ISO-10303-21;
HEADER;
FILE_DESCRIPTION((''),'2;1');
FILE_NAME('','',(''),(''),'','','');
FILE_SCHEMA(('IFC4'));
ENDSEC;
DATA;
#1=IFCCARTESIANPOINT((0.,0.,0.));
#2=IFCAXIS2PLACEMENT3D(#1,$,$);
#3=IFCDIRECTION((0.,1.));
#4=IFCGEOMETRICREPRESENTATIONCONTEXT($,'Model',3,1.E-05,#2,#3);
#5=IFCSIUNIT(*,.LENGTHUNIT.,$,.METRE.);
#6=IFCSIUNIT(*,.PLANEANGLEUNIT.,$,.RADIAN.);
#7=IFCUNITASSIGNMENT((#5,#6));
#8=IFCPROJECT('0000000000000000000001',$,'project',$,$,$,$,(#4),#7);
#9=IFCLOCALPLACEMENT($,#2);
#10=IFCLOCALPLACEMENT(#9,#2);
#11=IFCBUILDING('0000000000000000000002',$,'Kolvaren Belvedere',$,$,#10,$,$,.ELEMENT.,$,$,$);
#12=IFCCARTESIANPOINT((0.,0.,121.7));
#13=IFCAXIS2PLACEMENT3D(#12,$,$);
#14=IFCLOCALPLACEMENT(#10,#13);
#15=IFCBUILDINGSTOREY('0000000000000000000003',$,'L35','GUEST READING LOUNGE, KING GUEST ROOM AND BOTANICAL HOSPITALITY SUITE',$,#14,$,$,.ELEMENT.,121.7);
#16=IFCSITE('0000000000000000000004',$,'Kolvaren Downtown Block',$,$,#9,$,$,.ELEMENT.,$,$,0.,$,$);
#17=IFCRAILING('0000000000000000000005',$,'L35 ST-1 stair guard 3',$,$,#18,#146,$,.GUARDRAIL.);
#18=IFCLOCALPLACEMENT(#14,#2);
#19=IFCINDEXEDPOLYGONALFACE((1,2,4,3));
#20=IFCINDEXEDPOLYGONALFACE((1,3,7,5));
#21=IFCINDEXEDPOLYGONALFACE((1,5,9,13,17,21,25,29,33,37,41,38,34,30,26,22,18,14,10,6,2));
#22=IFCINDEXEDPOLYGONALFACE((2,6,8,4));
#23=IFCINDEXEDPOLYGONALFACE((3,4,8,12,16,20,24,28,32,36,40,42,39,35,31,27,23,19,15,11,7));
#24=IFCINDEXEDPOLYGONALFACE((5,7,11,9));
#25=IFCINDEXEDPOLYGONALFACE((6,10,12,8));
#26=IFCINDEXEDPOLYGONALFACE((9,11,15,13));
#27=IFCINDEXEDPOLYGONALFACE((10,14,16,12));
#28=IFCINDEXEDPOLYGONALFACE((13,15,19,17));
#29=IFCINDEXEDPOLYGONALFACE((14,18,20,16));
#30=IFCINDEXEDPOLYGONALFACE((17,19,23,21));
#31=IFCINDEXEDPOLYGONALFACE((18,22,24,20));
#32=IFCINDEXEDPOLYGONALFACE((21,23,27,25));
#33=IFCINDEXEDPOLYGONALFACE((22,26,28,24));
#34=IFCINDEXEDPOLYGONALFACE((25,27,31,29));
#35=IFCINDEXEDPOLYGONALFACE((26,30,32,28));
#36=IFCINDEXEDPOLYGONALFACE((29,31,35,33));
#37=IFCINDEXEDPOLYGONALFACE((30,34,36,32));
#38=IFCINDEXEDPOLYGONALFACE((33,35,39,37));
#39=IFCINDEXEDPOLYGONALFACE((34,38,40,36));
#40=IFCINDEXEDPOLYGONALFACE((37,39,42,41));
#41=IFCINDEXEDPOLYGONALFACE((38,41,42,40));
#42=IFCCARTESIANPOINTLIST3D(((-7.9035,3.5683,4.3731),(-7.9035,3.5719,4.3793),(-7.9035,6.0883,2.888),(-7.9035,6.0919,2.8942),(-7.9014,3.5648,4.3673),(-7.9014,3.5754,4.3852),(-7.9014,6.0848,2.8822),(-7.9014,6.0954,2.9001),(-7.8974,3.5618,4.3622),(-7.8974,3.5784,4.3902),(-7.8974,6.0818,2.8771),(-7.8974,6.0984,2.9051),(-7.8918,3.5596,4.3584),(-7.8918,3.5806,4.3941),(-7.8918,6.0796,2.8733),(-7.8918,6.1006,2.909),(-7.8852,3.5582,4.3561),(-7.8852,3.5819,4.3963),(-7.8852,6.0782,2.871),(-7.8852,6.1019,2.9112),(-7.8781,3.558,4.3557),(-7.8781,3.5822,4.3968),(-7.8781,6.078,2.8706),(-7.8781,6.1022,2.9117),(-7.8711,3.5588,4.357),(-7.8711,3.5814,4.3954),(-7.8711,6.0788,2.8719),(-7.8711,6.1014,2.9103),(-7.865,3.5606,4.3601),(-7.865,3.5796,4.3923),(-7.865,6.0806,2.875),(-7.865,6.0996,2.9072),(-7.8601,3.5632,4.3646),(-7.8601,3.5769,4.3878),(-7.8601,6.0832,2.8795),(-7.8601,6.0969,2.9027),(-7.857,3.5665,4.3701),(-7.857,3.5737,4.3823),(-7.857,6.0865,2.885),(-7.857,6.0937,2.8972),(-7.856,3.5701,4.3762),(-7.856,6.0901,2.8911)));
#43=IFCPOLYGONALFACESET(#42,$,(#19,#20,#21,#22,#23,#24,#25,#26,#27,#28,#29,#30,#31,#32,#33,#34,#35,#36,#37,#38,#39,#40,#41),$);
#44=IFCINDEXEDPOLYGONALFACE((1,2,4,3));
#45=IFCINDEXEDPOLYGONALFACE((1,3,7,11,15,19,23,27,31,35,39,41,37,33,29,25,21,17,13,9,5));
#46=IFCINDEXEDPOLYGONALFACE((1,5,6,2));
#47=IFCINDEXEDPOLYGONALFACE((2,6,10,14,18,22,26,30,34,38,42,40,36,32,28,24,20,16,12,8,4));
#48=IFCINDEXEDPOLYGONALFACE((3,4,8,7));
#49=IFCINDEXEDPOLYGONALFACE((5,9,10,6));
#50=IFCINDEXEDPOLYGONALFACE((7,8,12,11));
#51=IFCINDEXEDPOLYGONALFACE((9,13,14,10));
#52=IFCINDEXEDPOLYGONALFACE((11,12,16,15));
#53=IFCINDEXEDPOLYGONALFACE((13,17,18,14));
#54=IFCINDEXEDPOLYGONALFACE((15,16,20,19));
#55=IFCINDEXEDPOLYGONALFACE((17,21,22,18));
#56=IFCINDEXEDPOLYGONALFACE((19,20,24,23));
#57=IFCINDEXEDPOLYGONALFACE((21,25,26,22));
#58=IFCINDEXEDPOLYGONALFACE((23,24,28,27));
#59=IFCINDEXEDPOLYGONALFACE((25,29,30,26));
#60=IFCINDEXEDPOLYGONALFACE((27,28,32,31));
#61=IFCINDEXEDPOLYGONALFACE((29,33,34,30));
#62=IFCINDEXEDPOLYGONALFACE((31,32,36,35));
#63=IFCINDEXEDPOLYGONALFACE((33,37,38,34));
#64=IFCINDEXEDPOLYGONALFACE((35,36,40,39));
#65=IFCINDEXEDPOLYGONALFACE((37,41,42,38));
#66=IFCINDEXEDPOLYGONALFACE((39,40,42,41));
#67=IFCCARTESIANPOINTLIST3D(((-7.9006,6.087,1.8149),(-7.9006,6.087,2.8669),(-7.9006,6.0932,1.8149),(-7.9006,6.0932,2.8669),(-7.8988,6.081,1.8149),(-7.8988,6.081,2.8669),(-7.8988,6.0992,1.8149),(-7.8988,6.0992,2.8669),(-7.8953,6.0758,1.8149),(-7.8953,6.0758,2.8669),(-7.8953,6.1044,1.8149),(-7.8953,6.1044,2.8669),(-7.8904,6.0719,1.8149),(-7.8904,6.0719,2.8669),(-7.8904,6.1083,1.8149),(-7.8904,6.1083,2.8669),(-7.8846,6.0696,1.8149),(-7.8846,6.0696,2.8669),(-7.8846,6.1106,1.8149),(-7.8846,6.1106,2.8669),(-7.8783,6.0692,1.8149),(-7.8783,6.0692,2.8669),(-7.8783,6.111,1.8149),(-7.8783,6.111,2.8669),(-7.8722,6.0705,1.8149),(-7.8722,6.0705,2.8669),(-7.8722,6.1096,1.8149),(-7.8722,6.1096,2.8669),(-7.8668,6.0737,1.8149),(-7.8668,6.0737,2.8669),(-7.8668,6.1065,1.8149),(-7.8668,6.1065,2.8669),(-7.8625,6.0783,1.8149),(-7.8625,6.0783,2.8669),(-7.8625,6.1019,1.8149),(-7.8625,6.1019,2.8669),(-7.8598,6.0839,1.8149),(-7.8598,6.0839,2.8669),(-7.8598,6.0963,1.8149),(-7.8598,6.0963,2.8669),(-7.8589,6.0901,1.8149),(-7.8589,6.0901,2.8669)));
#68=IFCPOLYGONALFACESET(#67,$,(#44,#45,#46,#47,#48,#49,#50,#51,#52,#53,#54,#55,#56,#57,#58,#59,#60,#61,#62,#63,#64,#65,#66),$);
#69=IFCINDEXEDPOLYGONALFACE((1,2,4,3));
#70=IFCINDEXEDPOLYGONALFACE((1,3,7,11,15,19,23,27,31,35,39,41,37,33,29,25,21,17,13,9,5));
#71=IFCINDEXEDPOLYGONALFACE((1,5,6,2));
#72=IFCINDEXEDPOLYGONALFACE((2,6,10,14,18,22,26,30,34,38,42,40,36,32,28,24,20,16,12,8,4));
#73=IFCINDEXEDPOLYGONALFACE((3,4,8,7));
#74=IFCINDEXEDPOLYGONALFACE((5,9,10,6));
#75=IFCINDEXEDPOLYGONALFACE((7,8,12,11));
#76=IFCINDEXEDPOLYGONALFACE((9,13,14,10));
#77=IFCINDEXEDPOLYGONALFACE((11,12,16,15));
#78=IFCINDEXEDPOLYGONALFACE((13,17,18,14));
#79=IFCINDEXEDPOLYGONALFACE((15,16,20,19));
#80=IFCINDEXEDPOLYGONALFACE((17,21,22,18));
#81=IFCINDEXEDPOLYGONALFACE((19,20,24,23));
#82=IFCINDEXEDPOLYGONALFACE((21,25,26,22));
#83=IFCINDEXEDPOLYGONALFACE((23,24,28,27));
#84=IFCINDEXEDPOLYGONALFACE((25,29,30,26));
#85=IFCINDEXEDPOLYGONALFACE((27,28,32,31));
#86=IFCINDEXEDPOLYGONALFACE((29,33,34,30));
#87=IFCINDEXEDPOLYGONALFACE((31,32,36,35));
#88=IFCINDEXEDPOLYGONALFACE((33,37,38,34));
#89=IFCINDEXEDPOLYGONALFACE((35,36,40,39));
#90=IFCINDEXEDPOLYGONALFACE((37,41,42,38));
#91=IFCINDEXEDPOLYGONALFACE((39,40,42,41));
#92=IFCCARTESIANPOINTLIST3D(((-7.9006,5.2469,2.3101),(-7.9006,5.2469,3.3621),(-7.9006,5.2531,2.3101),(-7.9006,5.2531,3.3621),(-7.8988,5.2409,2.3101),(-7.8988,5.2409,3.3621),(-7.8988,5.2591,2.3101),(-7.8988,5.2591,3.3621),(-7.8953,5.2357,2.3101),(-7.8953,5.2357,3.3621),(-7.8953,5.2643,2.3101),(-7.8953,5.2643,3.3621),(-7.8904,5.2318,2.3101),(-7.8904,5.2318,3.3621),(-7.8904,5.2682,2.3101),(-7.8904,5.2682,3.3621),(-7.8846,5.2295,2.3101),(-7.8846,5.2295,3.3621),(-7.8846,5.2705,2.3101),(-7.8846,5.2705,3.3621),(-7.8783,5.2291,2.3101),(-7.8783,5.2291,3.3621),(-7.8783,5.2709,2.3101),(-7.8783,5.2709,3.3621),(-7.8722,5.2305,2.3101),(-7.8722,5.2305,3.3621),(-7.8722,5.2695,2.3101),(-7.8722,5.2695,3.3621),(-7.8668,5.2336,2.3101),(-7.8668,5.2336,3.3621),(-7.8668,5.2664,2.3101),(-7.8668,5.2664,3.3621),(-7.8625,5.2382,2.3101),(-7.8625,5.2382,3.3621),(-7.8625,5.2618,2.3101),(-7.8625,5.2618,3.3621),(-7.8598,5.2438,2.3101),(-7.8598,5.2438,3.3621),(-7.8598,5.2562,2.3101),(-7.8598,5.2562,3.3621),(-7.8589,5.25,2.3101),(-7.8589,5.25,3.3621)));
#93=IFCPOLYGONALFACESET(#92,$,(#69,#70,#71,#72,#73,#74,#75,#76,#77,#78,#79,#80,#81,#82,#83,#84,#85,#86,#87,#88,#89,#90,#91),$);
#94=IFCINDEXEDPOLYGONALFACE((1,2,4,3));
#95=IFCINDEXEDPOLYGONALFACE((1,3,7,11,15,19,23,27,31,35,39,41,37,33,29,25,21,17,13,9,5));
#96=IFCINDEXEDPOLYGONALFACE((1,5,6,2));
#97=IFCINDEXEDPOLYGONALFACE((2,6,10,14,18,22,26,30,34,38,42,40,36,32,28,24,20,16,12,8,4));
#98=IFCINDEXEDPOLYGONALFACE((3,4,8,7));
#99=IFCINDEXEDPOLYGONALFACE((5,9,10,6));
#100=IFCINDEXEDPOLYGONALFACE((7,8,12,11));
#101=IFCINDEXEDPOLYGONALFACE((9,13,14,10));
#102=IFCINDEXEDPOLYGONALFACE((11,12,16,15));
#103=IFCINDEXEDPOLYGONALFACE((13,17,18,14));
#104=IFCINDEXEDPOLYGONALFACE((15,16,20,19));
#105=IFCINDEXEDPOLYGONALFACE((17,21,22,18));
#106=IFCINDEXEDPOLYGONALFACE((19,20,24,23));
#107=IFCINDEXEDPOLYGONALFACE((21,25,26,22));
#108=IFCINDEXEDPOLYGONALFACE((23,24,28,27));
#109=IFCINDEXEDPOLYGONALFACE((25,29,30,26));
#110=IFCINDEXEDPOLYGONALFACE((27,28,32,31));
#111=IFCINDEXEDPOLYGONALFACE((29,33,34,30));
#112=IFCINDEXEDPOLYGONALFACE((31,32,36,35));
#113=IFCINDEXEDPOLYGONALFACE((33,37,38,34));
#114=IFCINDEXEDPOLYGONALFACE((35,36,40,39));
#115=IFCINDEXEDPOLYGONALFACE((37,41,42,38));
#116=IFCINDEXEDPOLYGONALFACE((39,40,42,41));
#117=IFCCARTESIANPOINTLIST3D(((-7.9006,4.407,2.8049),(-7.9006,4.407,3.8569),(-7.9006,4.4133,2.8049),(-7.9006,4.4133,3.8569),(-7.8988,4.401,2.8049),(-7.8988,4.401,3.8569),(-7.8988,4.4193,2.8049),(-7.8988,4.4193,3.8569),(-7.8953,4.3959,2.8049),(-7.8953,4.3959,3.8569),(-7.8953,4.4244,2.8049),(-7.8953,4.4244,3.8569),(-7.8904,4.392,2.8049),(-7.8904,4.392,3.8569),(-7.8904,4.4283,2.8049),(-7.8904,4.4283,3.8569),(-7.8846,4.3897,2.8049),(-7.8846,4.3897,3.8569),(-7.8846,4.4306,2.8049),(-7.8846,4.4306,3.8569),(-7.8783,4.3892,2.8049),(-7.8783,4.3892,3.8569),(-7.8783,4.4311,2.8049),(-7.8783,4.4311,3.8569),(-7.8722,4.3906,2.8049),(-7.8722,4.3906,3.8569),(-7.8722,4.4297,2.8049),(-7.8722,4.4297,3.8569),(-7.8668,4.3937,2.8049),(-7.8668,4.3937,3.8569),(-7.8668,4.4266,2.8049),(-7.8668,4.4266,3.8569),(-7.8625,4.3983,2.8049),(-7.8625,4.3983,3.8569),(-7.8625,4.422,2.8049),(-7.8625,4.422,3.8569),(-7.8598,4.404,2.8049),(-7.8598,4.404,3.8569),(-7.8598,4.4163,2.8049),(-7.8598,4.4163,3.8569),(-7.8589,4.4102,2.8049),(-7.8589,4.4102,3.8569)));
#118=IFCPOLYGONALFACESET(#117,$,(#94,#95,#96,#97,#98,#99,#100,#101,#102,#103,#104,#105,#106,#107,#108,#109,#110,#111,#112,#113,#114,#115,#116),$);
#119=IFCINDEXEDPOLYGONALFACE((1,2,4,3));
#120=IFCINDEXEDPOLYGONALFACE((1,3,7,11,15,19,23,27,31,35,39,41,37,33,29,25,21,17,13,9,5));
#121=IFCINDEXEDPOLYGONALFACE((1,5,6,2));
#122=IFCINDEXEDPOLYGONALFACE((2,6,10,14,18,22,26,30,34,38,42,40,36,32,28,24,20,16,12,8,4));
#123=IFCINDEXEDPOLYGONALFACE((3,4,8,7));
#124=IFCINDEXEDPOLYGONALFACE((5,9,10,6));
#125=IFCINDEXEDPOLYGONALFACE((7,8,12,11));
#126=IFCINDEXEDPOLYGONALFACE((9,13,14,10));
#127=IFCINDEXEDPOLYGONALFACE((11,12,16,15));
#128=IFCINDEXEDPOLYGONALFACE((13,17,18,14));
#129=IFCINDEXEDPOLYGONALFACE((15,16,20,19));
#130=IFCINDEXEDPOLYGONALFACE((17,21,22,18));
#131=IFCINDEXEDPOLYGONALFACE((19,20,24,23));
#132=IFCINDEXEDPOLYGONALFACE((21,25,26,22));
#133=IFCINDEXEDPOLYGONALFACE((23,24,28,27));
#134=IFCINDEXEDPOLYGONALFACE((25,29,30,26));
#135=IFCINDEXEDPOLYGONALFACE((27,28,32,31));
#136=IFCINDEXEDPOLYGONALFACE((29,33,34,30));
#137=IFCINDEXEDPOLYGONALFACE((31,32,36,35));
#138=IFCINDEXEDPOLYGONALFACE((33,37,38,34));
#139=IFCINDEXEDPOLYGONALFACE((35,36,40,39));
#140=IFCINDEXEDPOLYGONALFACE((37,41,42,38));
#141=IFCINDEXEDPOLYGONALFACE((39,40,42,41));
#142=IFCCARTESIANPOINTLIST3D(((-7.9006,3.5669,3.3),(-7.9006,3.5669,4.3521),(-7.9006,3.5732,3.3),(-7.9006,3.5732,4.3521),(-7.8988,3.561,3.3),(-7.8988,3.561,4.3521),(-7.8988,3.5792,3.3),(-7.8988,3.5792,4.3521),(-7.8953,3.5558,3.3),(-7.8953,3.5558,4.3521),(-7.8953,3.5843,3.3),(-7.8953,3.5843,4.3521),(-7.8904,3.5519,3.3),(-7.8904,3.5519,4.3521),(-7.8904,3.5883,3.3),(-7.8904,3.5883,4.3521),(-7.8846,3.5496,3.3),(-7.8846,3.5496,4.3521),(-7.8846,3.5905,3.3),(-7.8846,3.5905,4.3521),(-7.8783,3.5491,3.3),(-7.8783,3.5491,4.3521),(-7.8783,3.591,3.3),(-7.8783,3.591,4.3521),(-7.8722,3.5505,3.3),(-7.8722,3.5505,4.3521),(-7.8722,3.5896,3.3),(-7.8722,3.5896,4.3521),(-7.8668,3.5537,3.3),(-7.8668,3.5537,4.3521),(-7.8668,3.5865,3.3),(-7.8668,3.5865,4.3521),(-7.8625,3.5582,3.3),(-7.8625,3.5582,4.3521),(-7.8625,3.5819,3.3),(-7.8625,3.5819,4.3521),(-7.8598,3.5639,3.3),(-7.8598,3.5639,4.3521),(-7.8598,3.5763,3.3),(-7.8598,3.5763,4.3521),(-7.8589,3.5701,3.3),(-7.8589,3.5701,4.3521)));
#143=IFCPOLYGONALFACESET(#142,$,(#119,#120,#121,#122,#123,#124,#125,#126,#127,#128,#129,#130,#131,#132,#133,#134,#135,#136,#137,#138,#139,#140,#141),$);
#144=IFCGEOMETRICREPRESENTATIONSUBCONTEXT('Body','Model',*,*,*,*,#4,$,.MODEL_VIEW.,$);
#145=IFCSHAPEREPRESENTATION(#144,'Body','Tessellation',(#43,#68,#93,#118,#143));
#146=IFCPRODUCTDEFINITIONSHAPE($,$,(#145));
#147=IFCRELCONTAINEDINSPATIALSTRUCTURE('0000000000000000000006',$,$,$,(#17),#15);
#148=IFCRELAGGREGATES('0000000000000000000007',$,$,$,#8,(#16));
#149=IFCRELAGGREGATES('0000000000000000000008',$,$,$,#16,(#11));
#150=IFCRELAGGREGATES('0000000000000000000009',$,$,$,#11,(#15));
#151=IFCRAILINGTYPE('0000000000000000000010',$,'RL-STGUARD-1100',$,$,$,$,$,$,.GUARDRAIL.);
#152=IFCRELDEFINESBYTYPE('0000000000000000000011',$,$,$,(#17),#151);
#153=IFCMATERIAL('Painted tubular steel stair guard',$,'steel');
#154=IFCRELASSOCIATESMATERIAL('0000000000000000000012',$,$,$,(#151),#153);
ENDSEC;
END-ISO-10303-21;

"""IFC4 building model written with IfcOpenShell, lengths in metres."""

from ifc_helpers import new_model, si_unit, direction, frame, origin, origin_2d, place, context, subcontext, project, spatial, circle, extrude, material, type_object, element, save


model = new_model("IFC4")

# Units and contexts
model_context = context("Model", 3, precision=1e-05, world=origin(), true_north=direction((0.0, 1.0)))
body_context = subcontext(model_context, "Body", "Model", "MODEL_VIEW")
ifc_project = project(units=[si_unit("LENGTHUNIT", "METRE"), si_unit("PLANEANGLEUNIT", "RADIAN")], contexts=[model_context])

# Site, building, storey
site_placement = place(None, origin())
site = spatial("IfcSite", under=ifc_project, at=site_placement, Name="Kolvaren Downtown Block", CompositionType="ELEMENT", RefElevation=0.0)
building_placement = place(site_placement, origin())
building = spatial("IfcBuilding", under=site, at=building_placement, Name="Kolvaren Belvedere", CompositionType="ELEMENT")
storey_placement = place(building_placement, frame((0.0, 0.0, 121.7)))
storey = spatial("IfcBuildingStorey", under=building, at=storey_placement, Name="L35", Description="GUEST READING LOUNGE, KING GUEST ROOM AND BOTANICAL HOSPITALITY SUITE", CompositionType="ELEMENT", Elevation=121.7)

# Railing
ifc_material_1 = material(Name="Painted tubular steel stair guard", Category="steel")
railing_type_1 = type_object("IfcRailingType", Name="RL-STGUARD-1100", PredefinedType="GUARDRAIL", material=ifc_material_1)
railing_1_placement = place(storey_placement, frame((-7.8799, 6.0901, 1.8149)))
element("IfcRailing", 1, at=railing_1_placement, inside=storey, type_object=railing_type_1, Name="L35 ST-1 stair guard 3", PredefinedType="GUARDRAIL", context=body_context, shape_type="SweptSolid", body=[
    extrude(circle(Radius=0.0239, at=origin_2d()), frame((0.0, 0.0, 1.0762), z_axis=(0.0, -0.861524, 0.507717), x_axis=(1.0, 0.0, 0.0)), (0.0, 0.0, 1.0), 2.925),
    extrude(circle(Radius=0.021, at=origin_2d()), origin(), (0.0, 0.0, 1.0), 1.052),
    extrude(circle(Radius=0.021, at=origin_2d()), frame((0.0, -0.8401, 0.4951)), (0.0, 0.0, 1.0), 1.052),
    extrude(circle(Radius=0.021, at=origin_2d()), frame((0.0, -1.6799, 0.99)), (0.0, 0.0, 1.0), 1.052),
    extrude(circle(Radius=0.021, at=origin_2d()), frame((0.0, -2.52, 1.4851)), (0.0, 0.0, 1.0), 1.052),
])

save(model, "model.ifc")
